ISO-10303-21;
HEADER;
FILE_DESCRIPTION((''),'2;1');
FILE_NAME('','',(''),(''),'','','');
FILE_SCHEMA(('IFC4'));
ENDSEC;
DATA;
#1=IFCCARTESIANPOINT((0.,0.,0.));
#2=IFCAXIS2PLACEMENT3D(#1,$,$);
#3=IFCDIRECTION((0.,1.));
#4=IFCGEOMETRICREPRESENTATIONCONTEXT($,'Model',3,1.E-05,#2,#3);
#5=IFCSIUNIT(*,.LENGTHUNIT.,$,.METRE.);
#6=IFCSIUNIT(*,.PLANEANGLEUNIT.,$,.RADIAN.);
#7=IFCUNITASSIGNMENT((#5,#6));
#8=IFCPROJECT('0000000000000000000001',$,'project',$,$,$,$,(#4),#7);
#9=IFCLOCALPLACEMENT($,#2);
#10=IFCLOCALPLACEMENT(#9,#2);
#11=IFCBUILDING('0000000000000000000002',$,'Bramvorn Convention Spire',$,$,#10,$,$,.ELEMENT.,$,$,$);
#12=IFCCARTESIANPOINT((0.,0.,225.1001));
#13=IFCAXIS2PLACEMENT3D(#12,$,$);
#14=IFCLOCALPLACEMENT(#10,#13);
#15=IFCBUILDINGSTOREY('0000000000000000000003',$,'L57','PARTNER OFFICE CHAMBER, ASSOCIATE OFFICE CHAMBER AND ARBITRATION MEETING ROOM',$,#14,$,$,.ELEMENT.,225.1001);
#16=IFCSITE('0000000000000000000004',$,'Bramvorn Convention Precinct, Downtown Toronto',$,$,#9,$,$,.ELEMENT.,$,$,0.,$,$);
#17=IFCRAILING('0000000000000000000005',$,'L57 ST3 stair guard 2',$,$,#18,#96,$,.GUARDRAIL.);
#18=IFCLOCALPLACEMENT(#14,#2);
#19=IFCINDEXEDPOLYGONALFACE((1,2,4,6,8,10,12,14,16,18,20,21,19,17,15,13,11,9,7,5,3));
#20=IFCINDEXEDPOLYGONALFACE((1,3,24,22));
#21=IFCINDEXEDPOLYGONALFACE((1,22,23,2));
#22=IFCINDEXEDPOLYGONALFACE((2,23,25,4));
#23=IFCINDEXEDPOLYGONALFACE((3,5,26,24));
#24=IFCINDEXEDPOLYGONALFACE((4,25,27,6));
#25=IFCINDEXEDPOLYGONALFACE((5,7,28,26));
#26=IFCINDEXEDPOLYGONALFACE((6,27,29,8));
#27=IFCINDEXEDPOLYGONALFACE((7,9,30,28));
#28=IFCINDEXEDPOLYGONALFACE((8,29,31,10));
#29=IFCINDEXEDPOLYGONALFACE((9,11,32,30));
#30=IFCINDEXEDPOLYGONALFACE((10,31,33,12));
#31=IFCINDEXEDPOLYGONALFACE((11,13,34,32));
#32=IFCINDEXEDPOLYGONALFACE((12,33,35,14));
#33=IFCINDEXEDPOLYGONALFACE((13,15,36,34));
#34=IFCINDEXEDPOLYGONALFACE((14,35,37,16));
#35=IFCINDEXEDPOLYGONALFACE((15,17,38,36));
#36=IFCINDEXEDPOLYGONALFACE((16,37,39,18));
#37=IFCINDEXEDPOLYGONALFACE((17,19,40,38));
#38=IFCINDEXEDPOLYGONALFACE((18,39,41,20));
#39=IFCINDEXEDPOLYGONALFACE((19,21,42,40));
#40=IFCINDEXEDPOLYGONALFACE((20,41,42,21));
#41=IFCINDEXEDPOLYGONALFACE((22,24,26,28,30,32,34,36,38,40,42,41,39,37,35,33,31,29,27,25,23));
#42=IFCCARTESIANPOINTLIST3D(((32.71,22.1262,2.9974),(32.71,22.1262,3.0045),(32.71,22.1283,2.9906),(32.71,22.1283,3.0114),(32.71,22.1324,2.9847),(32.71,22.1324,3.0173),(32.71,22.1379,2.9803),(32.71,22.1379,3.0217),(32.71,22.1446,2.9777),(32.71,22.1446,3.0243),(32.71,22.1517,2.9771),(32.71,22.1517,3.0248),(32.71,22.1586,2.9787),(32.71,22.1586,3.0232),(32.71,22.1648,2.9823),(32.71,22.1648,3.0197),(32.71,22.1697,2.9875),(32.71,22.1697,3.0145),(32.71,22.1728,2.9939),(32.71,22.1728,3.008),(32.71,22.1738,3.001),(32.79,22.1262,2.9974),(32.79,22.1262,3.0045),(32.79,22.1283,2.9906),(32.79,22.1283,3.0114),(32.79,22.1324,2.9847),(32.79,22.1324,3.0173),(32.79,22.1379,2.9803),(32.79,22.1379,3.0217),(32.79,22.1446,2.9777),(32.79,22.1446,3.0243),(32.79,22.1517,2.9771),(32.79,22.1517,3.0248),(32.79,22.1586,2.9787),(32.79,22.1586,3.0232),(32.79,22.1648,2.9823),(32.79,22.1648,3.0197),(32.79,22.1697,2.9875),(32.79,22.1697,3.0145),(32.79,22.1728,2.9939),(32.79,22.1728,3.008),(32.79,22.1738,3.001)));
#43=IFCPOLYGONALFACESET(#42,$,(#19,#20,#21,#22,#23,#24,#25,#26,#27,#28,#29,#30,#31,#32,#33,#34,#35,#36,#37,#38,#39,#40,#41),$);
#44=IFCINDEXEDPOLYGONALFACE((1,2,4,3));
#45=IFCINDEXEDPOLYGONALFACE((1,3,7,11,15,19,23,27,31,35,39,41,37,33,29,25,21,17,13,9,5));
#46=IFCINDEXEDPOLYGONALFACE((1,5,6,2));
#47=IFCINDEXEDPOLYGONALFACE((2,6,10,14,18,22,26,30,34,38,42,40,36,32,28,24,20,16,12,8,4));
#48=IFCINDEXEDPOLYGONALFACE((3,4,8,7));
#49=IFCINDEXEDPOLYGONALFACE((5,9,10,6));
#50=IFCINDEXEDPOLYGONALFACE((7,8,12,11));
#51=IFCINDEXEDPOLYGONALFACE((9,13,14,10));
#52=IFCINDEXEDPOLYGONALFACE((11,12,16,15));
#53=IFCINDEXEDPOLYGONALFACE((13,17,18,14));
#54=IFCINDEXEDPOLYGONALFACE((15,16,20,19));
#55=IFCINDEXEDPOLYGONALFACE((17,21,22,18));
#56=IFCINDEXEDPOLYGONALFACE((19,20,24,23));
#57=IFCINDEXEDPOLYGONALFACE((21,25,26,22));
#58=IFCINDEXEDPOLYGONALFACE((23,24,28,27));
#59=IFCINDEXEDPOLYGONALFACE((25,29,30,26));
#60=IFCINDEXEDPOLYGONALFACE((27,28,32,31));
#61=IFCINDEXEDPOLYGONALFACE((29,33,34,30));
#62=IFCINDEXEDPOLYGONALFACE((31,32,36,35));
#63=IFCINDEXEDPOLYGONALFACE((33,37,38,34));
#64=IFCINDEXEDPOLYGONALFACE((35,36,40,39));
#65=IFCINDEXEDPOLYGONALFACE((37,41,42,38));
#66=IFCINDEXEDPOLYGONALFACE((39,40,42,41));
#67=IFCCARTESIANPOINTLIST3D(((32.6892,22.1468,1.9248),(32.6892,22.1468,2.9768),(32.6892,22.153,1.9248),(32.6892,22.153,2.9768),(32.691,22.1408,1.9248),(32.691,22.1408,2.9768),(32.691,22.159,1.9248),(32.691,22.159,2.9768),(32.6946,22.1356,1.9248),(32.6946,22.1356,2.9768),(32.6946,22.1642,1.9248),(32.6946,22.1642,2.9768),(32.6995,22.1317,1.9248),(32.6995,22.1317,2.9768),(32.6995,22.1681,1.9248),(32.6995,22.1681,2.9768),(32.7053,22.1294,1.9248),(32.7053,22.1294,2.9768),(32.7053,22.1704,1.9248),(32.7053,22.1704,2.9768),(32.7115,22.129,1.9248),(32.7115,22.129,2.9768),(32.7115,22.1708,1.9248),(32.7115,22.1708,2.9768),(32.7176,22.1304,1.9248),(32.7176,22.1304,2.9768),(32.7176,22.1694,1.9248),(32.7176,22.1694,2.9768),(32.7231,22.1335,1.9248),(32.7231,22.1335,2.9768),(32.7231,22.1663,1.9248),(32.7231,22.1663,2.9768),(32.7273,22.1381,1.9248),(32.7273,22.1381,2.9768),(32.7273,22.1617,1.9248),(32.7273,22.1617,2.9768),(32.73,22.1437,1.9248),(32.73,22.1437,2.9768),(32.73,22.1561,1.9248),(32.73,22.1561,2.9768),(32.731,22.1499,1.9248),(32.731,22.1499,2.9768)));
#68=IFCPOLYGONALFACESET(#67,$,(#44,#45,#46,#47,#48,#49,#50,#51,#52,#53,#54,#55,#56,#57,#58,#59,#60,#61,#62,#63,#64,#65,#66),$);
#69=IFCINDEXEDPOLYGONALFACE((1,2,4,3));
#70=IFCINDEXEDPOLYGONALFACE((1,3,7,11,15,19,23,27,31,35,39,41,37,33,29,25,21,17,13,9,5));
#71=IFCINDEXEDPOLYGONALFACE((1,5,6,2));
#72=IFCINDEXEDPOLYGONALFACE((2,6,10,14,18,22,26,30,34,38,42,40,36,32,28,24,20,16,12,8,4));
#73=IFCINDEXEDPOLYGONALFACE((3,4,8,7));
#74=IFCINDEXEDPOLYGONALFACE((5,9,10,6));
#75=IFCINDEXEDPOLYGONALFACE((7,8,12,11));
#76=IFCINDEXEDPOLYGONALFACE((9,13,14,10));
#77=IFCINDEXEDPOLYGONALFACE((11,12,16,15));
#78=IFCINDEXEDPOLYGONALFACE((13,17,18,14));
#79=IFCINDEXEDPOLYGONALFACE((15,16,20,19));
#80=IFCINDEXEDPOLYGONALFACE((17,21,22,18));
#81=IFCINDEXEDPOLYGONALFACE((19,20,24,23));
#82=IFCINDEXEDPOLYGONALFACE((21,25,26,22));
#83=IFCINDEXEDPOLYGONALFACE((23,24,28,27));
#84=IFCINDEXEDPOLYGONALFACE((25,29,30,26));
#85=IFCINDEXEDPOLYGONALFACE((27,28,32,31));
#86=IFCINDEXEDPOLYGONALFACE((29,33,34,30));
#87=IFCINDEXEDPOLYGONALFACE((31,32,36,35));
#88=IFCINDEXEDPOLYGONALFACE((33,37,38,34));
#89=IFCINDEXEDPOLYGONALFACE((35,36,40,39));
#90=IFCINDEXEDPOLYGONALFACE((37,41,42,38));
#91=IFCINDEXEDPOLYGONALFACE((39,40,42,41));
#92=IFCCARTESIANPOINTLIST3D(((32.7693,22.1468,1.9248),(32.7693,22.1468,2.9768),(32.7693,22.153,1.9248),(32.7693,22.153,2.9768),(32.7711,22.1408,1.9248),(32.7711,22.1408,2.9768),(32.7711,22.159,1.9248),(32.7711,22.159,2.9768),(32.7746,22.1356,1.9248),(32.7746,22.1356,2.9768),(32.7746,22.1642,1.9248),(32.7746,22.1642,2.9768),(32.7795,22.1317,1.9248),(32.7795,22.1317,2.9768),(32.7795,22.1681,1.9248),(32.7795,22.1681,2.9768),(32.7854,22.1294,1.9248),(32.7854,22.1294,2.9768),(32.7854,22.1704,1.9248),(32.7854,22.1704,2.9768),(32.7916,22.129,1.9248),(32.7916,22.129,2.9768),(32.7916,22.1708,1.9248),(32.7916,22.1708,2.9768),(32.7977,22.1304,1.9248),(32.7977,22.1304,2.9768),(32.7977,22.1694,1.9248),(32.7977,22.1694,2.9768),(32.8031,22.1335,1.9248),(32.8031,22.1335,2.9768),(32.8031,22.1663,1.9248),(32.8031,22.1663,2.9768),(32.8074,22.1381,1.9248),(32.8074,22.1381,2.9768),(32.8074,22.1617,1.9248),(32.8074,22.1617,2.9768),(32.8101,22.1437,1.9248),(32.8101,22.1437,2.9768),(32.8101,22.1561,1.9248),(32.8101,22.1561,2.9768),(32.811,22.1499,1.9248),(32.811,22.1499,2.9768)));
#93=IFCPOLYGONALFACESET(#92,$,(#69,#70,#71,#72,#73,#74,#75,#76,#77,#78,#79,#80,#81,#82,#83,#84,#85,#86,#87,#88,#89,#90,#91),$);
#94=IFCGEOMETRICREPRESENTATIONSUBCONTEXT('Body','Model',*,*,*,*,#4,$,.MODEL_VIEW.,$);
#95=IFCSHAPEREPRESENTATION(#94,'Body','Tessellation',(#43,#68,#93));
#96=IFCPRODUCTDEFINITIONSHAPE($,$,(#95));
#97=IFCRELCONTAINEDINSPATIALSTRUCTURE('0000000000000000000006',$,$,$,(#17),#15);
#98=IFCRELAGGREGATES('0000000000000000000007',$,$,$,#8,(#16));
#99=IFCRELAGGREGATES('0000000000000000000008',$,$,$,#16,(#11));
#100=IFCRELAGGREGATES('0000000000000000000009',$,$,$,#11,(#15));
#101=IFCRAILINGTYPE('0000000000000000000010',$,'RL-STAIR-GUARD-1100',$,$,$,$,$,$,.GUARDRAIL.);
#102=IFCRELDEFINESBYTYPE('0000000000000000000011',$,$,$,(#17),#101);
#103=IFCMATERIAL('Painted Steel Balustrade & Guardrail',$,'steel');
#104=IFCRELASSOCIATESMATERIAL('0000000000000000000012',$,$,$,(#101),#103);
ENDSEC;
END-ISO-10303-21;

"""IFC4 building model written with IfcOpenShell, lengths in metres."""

from ifc_helpers import new_model, si_unit, direction, frame, origin, origin_2d, place, context, subcontext, project, spatial, circle, extrude, material, type_object, element, save


model = new_model("IFC4")

# Units and contexts
model_context = context("Model", 3, precision=1e-05, world=origin(), true_north=direction((0.0, 1.0)))
body_context = subcontext(model_context, "Body", "Model", "MODEL_VIEW")
ifc_project = project(units=[si_unit("LENGTHUNIT", "METRE"), si_unit("PLANEANGLEUNIT", "RADIAN")], contexts=[model_context])

# Site, building, storey
site_placement = place(None, origin())
site = spatial("IfcSite", under=ifc_project, at=site_placement, Name="Bramvorn Convention Precinct, Downtown Toronto", CompositionType="ELEMENT", RefElevation=0.0)
building_placement = place(site_placement, origin())
building = spatial("IfcBuilding", under=site, at=building_placement, Name="Bramvorn Convention Spire", CompositionType="ELEMENT")
storey_placement = place(building_placement, frame((0.0, 0.0, 225.1001)))
storey = spatial("IfcBuildingStorey", under=building, at=storey_placement, Name="L57", Description="PARTNER OFFICE CHAMBER, ASSOCIATE OFFICE CHAMBER AND ARBITRATION MEETING ROOM", CompositionType="ELEMENT", Elevation=225.1001)

# Railing
ifc_material_1 = material(Name="Painted Steel Balustrade & Guardrail", Category="steel")
railing_type_1 = type_object("IfcRailingType", Name="RL-STAIR-GUARD-1100", PredefinedType="GUARDRAIL", material=ifc_material_1)
railing_1_placement = place(storey_placement, frame((32.71, 22.1499, 1.9248)))
element("IfcRailing", 1, at=railing_1_placement, inside=storey, type_object=railing_type_1, Name="L57 ST3 stair guard 2", PredefinedType="GUARDRAIL", context=body_context, shape_type="SweptSolid", body=[
    extrude(circle(Radius=0.0239, at=origin_2d()), frame((0.0, 0.0, 1.0762), z_axis=(1.0, 0.0, 0.0), x_axis=(0.0, 1.0, 0.0)), (0.0, 0.0, 1.0), 0.0801),
    extrude(circle(Radius=0.021, at=origin_2d()), origin(), (0.0, 0.0, 1.0), 1.052),
    extrude(circle(Radius=0.021, at=origin_2d()), frame((0.0801, 0.0, 0.0)), (0.0, 0.0, 1.0), 1.052),
])

save(model, "model.ifc")
